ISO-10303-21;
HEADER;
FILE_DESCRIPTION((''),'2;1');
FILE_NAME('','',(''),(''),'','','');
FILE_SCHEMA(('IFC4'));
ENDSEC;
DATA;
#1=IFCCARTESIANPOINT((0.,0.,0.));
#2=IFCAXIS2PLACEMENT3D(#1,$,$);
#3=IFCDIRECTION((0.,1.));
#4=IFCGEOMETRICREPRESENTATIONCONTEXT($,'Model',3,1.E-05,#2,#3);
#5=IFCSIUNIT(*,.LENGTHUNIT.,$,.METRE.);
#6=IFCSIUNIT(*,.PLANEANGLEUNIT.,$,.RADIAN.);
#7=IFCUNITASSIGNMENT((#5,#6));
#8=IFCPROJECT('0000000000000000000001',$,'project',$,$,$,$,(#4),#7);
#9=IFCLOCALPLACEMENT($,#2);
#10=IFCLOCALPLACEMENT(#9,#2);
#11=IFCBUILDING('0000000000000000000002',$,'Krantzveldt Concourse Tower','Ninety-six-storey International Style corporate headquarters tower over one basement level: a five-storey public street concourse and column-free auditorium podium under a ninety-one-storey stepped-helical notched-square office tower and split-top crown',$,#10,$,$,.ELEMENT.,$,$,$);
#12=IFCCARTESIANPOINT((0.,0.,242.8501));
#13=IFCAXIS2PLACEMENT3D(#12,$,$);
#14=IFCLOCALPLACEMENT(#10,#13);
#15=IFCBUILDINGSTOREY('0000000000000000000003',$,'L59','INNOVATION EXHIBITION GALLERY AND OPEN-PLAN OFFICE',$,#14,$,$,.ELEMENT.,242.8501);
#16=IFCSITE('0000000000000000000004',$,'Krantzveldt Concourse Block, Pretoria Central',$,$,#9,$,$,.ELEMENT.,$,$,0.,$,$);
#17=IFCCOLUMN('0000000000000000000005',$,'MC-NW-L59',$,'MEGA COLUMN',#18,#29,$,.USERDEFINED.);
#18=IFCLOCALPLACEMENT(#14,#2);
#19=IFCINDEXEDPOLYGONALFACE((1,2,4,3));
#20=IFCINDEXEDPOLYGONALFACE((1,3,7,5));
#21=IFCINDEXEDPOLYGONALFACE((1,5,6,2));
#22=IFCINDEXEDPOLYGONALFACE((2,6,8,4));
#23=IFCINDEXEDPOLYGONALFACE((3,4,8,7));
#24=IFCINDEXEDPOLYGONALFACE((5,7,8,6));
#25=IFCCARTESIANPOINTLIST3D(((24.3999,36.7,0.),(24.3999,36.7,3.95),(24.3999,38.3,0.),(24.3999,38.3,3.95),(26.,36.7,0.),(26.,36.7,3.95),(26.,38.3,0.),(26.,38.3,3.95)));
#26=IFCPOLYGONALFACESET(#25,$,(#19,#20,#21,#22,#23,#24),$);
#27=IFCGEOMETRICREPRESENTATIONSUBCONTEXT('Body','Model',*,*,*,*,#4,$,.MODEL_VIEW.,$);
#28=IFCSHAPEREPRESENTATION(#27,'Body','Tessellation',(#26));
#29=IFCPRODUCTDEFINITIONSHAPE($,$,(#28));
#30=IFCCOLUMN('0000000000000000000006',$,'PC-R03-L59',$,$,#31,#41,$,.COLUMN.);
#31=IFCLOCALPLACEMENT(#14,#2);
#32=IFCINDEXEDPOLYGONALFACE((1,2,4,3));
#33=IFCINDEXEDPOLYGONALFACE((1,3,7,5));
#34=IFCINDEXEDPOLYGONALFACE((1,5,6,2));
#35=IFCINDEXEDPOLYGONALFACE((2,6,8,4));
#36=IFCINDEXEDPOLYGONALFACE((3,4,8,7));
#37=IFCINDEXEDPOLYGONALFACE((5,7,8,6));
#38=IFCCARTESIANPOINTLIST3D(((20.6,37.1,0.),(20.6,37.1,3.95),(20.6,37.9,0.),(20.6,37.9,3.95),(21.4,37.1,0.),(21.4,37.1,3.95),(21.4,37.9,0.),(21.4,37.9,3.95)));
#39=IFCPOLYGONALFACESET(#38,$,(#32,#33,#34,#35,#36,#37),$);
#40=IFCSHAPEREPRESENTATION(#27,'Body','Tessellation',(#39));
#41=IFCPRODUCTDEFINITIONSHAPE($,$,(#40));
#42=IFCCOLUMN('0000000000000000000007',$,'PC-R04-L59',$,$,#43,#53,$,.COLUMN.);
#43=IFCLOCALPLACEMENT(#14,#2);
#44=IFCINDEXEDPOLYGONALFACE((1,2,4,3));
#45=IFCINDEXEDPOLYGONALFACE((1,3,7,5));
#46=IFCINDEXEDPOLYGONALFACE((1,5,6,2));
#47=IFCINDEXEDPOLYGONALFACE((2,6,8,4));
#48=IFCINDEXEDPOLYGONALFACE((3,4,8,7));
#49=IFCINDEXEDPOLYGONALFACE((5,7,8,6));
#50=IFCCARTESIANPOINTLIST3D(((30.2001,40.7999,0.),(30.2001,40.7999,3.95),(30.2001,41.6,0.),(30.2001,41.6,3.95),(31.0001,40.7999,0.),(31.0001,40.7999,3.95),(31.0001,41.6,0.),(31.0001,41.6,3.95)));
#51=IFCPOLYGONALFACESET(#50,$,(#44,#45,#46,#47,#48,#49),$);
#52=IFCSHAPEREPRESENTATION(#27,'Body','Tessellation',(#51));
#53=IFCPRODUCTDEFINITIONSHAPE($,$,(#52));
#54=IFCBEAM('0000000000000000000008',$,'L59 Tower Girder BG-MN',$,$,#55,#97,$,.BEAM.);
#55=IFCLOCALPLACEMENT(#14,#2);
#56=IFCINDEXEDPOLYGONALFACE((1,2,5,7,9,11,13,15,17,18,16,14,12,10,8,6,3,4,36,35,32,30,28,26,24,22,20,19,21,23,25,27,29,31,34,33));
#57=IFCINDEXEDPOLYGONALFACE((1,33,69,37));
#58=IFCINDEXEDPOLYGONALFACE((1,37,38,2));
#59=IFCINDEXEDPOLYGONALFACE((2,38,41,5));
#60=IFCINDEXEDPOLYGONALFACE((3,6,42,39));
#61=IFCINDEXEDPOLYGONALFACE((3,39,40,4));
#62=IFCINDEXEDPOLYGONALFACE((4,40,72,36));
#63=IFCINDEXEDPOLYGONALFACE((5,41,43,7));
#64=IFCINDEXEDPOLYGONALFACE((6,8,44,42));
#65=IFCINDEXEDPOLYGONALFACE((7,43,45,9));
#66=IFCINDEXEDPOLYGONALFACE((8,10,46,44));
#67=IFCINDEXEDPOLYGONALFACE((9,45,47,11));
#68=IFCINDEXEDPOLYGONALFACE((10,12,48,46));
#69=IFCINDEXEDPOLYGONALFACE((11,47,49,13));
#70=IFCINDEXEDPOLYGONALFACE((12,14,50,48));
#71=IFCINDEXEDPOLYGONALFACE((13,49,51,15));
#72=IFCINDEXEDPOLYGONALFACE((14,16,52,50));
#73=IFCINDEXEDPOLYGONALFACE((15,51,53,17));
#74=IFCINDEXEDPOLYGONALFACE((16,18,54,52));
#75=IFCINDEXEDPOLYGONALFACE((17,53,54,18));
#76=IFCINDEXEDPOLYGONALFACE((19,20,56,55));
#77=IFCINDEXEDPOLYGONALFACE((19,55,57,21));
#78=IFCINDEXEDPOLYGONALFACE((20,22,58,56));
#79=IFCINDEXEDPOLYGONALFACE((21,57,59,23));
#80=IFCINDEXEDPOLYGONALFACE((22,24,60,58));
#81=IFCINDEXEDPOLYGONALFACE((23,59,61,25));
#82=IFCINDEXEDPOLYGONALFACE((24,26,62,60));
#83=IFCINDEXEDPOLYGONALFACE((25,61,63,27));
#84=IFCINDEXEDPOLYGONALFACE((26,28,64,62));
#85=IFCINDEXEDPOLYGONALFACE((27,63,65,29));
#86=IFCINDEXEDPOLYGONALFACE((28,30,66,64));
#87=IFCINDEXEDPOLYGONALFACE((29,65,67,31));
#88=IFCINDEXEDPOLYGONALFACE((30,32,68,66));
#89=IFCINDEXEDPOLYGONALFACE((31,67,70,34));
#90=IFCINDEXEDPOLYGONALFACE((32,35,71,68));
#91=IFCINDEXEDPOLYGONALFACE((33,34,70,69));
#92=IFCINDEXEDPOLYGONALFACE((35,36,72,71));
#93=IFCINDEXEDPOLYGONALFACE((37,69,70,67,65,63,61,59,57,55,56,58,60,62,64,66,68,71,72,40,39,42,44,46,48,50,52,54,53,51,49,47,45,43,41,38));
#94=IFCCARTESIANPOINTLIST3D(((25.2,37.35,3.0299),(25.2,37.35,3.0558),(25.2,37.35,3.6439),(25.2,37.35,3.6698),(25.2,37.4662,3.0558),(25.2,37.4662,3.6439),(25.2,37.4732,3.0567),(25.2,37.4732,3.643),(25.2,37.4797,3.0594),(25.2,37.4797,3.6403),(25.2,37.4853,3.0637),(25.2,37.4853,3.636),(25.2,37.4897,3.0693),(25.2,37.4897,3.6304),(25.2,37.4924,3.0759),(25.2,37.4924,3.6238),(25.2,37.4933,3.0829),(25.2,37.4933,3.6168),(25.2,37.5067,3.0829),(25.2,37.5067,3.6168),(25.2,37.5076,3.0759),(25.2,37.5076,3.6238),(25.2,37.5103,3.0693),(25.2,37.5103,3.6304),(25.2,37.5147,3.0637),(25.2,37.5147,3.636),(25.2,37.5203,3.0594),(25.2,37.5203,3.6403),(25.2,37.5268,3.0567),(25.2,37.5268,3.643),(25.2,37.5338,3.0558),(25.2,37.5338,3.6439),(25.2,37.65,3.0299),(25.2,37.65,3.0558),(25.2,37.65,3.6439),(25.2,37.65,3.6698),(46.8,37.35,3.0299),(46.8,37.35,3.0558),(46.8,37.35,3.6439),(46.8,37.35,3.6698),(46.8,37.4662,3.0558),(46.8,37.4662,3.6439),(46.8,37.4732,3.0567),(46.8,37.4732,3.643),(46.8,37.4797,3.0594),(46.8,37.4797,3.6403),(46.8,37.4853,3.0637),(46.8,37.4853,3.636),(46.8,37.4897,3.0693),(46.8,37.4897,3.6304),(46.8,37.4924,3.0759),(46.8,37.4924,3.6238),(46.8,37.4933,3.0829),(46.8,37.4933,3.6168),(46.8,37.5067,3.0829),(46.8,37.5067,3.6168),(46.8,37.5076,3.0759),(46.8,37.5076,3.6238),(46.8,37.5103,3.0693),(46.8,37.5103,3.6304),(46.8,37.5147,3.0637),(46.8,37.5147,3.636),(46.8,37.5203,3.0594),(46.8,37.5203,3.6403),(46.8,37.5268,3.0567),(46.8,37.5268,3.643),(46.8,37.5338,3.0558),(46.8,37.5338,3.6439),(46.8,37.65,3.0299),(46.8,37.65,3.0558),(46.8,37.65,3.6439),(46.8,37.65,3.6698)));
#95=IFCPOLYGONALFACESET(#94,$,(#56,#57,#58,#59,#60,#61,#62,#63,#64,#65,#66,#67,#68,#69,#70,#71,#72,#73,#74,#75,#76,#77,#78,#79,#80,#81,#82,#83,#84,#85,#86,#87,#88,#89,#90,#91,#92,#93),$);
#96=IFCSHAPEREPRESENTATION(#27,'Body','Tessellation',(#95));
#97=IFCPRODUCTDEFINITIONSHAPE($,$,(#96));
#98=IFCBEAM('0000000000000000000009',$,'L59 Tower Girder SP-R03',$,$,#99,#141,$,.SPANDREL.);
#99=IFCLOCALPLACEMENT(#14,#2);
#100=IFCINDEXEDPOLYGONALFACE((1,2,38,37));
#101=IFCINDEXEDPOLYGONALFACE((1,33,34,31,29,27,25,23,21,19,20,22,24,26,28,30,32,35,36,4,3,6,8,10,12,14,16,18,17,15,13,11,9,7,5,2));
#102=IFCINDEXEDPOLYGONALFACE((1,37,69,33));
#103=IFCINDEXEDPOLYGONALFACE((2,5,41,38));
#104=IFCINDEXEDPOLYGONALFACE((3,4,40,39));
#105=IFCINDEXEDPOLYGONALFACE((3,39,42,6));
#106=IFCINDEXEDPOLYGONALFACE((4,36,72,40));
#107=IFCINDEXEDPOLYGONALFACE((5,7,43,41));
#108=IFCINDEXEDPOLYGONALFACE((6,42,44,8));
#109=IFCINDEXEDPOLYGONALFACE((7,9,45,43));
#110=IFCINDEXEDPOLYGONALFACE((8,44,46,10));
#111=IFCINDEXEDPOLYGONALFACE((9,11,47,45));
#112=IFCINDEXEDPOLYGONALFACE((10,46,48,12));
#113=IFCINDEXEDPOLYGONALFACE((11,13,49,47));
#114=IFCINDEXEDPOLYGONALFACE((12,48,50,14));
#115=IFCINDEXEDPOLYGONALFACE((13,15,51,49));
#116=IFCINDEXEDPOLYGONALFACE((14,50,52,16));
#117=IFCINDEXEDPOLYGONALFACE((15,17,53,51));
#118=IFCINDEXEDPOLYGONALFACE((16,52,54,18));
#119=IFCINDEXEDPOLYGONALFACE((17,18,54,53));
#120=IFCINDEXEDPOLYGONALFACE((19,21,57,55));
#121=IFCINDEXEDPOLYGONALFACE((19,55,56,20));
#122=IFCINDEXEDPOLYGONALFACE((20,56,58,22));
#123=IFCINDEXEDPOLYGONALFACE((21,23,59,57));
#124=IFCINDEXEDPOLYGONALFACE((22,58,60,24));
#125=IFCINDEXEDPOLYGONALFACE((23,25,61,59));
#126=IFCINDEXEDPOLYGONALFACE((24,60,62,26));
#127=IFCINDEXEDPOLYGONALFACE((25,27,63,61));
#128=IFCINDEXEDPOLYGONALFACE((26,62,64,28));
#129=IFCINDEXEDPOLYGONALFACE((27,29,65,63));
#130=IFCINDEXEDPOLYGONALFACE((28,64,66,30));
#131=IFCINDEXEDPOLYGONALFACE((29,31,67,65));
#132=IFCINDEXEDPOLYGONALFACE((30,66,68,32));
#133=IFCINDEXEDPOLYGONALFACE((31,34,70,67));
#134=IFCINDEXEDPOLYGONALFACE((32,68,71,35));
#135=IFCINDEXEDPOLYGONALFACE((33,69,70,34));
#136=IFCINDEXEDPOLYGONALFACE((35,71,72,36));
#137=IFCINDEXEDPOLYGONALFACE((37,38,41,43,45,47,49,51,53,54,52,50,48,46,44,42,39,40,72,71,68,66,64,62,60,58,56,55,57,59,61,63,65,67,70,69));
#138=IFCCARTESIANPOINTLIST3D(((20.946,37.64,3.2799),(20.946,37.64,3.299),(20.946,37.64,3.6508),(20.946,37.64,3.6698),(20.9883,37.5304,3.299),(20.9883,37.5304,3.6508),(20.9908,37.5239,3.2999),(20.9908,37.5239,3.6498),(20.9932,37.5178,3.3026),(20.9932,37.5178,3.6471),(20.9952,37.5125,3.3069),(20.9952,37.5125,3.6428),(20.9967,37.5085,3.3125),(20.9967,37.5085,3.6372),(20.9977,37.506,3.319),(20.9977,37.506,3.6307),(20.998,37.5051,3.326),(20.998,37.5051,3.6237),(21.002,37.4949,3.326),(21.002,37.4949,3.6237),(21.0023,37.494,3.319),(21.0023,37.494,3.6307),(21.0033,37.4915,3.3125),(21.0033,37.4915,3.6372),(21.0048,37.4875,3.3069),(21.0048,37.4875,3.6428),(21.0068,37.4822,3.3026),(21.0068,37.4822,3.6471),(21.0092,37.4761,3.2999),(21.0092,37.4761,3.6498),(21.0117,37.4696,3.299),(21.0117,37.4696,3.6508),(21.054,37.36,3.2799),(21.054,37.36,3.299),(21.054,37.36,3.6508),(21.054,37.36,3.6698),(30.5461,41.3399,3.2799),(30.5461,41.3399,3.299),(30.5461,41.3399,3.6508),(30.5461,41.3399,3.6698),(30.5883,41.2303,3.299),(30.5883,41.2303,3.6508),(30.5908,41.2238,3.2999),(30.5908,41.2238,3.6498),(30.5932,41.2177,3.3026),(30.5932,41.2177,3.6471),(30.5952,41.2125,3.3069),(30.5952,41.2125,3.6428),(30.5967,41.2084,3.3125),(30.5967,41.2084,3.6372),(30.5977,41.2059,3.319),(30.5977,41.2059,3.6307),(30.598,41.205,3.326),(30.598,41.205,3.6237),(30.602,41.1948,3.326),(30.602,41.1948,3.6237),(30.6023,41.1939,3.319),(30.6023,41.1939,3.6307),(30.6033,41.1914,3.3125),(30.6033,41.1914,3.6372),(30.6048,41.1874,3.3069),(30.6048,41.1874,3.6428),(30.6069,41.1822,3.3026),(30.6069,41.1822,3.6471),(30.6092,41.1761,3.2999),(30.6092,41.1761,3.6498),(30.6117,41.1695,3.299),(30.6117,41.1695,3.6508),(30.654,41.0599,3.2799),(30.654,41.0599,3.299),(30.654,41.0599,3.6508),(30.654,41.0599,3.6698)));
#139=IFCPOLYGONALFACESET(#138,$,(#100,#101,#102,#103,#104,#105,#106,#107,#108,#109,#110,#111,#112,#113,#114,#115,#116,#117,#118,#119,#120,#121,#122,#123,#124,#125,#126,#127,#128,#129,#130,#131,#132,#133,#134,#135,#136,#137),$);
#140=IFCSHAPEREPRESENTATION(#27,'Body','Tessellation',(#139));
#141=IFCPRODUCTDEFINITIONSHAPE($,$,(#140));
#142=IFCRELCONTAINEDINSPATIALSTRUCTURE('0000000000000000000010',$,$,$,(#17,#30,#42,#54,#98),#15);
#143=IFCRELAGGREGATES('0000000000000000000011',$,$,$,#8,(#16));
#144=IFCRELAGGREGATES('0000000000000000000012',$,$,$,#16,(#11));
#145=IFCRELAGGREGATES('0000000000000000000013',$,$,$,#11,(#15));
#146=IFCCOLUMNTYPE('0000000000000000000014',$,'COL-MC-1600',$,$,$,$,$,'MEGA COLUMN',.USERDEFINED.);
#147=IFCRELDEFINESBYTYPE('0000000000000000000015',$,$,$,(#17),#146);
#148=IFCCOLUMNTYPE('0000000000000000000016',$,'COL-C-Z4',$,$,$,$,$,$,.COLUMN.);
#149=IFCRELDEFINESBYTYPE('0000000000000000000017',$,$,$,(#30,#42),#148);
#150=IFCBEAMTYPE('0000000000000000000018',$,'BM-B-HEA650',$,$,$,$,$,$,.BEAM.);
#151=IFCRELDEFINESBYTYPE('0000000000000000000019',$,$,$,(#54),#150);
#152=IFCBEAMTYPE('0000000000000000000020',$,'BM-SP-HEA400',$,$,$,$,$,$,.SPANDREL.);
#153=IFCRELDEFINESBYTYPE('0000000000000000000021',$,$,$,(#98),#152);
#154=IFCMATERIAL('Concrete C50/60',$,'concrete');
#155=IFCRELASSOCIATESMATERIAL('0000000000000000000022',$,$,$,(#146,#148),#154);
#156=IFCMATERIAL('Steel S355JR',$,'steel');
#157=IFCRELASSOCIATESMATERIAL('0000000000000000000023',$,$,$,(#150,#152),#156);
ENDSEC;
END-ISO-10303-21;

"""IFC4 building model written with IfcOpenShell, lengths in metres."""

from ifc_helpers import new_model, si_unit, direction, frame, origin, origin_2d, place, context, subcontext, project, spatial, rectangle, i_section, extrude, source, transform, mapped, material, material_profile, profile_set, type_object, type_shapes, element, save


model = new_model("IFC4")

# Units and contexts
model_context = context("Model", 3, precision=1e-05, world=origin(), true_north=direction((0.0, 1.0)))
body_context = subcontext(model_context, "Body", "Model", "MODEL_VIEW")
ifc_project = project(units=[si_unit("LENGTHUNIT", "METRE"), si_unit("PLANEANGLEUNIT", "RADIAN")], contexts=[model_context])

# Site, building, storey
site_placement = place(None, origin())
site = spatial("IfcSite", under=ifc_project, at=site_placement, Name="Krantzveldt Concourse Block, Pretoria Central", CompositionType="ELEMENT", RefElevation=0.0)
building_placement = place(site_placement, origin())
building = spatial("IfcBuilding", under=site, at=building_placement, Name="Krantzveldt Concourse Tower", Description="Ninety-six-storey International Style corporate headquarters tower over one basement level: a five-storey public street concourse and column-free auditorium podium under a ninety-one-storey stepped-helical notched-square office tower and split-top crown", CompositionType="ELEMENT")
storey_placement = place(building_placement, frame((0.0, 0.0, 242.8501)))
storey = spatial("IfcBuildingStorey", under=building, at=storey_placement, Name="L59", Description="INNOVATION EXHIBITION GALLERY AND OPEN-PLAN OFFICE", CompositionType="ELEMENT", Elevation=242.8501)

# Columns
ifc_material_1 = material(Name="Concrete C50/60", Category="concrete")
ifc_material_profile_1 = material_profile(ifc_material_1, rectangle(XDim=1.6001, YDim=1.6001, at=origin_2d()), Name="Concrete C50/60", Category="concrete")
ifc_profile_set_1 = profile_set([ifc_material_profile_1], Name="Concrete C50/60 - RC 1600x1600")
column_type_1 = type_object("IfcColumnType", Name="COL-MC-1600", ElementType="MEGA COLUMN", PredefinedType="USERDEFINED", material=ifc_profile_set_1)
shared_shape_1 = source(origin(), body_context, "Body", "SweptSolid", [
    extrude(rectangle(XDim=1.6001, YDim=1.6001, at=origin_2d()), origin(), (0.0, 0.0, 1.0), 3.95),
])
type_shapes(column_type_1, [shared_shape_1])
column_placement = place(storey_placement, frame((25.2, 37.5, 0.0), z_axis=(0.0, 0.0, 1.0), x_axis=(1.0, 0.0, 0.0)))
element("IfcColumn", 1, at=column_placement, inside=storey, type_object=column_type_1, Name="MC-NW-L59", ObjectType="MEGA COLUMN", PredefinedType="USERDEFINED", context=body_context, shape_type="MappedRepresentation", body=[
    mapped(shared_shape_1, transform((0.0, 0.0, 0.0), x_axis=(1.0, 0.0, 0.0), y_axis=(0.0, 1.0, 0.0), z_axis=(0.0, 0.0, 1.0), scale=1.0)),
])
ifc_material_profile_2 = material_profile(ifc_material_1, rectangle(XDim=0.8, YDim=0.8, at=origin_2d()), Name="Concrete C50/60", Category="concrete")
ifc_profile_set_2 = profile_set([ifc_material_profile_2], Name="Concrete C50/60 - RC 800x800")
column_type_2 = type_object("IfcColumnType", Name="COL-C-Z4", PredefinedType="COLUMN", material=ifc_profile_set_2)
shared_shape_2 = source(origin(), body_context, "Body", "SweptSolid", [
    extrude(rectangle(XDim=0.8, YDim=0.8, at=origin_2d()), origin(), (0.0, 0.0, 1.0), 3.95),
])
type_shapes(column_type_2, [shared_shape_2])
for number, where, z_axis, x_axis, name in (
    (2, (21.0, 37.5, 0.0), (0.0, 0.0, 1.0), (1.0, 0.0, 0.0), "PC-R03-L59"),
    (3, (30.6001, 41.2, 0.0), (0.0, 0.0, 1.0), (1.0, 0.0, 0.0), "PC-R04-L59"),
):
    element("IfcColumn", number, at=place(storey_placement, frame(where, z_axis=z_axis, x_axis=x_axis)), inside=storey, type_object=column_type_2, Name=name, PredefinedType="COLUMN", context=body_context, shape_type="MappedRepresentation", body=[
        mapped(shared_shape_2, transform((0.0, 0.0, 0.0), x_axis=(1.0, 0.0, 0.0), y_axis=(0.0, 1.0, 0.0), z_axis=(0.0, 0.0, 1.0), scale=1.0)),
    ])

# Beams
ifc_material_2 = material(Name="Steel S355JR", Category="steel")
ifc_material_profile_3 = material_profile(ifc_material_2, i_section(OverallWidth=0.3, OverallDepth=0.6399, WebThickness=0.0134, FlangeThickness=0.0259, FilletRadius=0.0271, at=origin_2d()), Name="Steel S355JR", Category="steel")
ifc_profile_set_3 = profile_set([ifc_material_profile_3], Name="Steel S355JR - HEA 650")
beam_type_1 = type_object("IfcBeamType", Name="BM-B-HEA650", PredefinedType="BEAM", material=ifc_profile_set_3)
shared_shape_3 = source(origin(), body_context, "Body", "SweptSolid", [
    extrude(i_section(OverallWidth=0.3, OverallDepth=0.6399, WebThickness=0.0134, FlangeThickness=0.0259, FilletRadius=0.0271, at=origin_2d()), origin(), (0.0, 0.0, 1.0), 21.6001),
])
type_shapes(beam_type_1, [shared_shape_3])
beam_1_placement = place(storey_placement, frame((25.2, 37.5, 3.3499), z_axis=(1.0, 0.0, 0.0), x_axis=(0.0, 1.0, 0.0)))
element("IfcBeam", 4, at=beam_1_placement, inside=storey, type_object=beam_type_1, Name="L59 Tower Girder BG-MN", PredefinedType="BEAM", context=body_context, shape_type="MappedRepresentation", body=[
    mapped(shared_shape_3, transform((0.0, 0.0, 0.0), x_axis=(1.0, 0.0, 0.0), y_axis=(0.0, 1.0, 0.0), z_axis=(0.0, 0.0, 1.0), scale=1.0)),
])
ifc_material_profile_4 = material_profile(ifc_material_2, i_section(OverallWidth=0.3, OverallDepth=0.3899, WebThickness=0.011, FlangeThickness=0.019, FilletRadius=0.0271, at=origin_2d()), Name="Steel S355JR", Category="steel")
ifc_profile_set_4 = profile_set([ifc_material_profile_4], Name="Steel S355JR - HEA 400")
beam_type_2 = type_object("IfcBeamType", Name="BM-SP-HEA400", PredefinedType="SPANDREL", material=ifc_profile_set_4)
shared_shape_4 = source(origin(), body_context, "Body", "SweptSolid", [
    extrude(i_section(OverallWidth=0.3, OverallDepth=0.3899, WebThickness=0.011, FlangeThickness=0.019, FilletRadius=0.0271, at=origin_2d()), origin(), (0.0, 0.0, 1.0), 10.2883),
])
beam_2_placement = place(storey_placement, frame((21.0, 37.5, 3.4749), z_axis=(0.933098, 0.359623, 0.0), x_axis=(-0.359623, 0.933098, 0.0)))
element("IfcBeam", 5, at=beam_2_placement, inside=storey, type_object=beam_type_2, Name="L59 Tower Girder SP-R03", PredefinedType="SPANDREL", context=body_context, shape_type="MappedRepresentation", body=[
    mapped(shared_shape_4, transform((0.0, 0.0, 0.0), x_axis=(1.0, 0.0, 0.0), y_axis=(0.0, 1.0, 0.0), z_axis=(0.0, 0.0, 1.0), scale=1.0)),
])

save(model, "model.ifc")
